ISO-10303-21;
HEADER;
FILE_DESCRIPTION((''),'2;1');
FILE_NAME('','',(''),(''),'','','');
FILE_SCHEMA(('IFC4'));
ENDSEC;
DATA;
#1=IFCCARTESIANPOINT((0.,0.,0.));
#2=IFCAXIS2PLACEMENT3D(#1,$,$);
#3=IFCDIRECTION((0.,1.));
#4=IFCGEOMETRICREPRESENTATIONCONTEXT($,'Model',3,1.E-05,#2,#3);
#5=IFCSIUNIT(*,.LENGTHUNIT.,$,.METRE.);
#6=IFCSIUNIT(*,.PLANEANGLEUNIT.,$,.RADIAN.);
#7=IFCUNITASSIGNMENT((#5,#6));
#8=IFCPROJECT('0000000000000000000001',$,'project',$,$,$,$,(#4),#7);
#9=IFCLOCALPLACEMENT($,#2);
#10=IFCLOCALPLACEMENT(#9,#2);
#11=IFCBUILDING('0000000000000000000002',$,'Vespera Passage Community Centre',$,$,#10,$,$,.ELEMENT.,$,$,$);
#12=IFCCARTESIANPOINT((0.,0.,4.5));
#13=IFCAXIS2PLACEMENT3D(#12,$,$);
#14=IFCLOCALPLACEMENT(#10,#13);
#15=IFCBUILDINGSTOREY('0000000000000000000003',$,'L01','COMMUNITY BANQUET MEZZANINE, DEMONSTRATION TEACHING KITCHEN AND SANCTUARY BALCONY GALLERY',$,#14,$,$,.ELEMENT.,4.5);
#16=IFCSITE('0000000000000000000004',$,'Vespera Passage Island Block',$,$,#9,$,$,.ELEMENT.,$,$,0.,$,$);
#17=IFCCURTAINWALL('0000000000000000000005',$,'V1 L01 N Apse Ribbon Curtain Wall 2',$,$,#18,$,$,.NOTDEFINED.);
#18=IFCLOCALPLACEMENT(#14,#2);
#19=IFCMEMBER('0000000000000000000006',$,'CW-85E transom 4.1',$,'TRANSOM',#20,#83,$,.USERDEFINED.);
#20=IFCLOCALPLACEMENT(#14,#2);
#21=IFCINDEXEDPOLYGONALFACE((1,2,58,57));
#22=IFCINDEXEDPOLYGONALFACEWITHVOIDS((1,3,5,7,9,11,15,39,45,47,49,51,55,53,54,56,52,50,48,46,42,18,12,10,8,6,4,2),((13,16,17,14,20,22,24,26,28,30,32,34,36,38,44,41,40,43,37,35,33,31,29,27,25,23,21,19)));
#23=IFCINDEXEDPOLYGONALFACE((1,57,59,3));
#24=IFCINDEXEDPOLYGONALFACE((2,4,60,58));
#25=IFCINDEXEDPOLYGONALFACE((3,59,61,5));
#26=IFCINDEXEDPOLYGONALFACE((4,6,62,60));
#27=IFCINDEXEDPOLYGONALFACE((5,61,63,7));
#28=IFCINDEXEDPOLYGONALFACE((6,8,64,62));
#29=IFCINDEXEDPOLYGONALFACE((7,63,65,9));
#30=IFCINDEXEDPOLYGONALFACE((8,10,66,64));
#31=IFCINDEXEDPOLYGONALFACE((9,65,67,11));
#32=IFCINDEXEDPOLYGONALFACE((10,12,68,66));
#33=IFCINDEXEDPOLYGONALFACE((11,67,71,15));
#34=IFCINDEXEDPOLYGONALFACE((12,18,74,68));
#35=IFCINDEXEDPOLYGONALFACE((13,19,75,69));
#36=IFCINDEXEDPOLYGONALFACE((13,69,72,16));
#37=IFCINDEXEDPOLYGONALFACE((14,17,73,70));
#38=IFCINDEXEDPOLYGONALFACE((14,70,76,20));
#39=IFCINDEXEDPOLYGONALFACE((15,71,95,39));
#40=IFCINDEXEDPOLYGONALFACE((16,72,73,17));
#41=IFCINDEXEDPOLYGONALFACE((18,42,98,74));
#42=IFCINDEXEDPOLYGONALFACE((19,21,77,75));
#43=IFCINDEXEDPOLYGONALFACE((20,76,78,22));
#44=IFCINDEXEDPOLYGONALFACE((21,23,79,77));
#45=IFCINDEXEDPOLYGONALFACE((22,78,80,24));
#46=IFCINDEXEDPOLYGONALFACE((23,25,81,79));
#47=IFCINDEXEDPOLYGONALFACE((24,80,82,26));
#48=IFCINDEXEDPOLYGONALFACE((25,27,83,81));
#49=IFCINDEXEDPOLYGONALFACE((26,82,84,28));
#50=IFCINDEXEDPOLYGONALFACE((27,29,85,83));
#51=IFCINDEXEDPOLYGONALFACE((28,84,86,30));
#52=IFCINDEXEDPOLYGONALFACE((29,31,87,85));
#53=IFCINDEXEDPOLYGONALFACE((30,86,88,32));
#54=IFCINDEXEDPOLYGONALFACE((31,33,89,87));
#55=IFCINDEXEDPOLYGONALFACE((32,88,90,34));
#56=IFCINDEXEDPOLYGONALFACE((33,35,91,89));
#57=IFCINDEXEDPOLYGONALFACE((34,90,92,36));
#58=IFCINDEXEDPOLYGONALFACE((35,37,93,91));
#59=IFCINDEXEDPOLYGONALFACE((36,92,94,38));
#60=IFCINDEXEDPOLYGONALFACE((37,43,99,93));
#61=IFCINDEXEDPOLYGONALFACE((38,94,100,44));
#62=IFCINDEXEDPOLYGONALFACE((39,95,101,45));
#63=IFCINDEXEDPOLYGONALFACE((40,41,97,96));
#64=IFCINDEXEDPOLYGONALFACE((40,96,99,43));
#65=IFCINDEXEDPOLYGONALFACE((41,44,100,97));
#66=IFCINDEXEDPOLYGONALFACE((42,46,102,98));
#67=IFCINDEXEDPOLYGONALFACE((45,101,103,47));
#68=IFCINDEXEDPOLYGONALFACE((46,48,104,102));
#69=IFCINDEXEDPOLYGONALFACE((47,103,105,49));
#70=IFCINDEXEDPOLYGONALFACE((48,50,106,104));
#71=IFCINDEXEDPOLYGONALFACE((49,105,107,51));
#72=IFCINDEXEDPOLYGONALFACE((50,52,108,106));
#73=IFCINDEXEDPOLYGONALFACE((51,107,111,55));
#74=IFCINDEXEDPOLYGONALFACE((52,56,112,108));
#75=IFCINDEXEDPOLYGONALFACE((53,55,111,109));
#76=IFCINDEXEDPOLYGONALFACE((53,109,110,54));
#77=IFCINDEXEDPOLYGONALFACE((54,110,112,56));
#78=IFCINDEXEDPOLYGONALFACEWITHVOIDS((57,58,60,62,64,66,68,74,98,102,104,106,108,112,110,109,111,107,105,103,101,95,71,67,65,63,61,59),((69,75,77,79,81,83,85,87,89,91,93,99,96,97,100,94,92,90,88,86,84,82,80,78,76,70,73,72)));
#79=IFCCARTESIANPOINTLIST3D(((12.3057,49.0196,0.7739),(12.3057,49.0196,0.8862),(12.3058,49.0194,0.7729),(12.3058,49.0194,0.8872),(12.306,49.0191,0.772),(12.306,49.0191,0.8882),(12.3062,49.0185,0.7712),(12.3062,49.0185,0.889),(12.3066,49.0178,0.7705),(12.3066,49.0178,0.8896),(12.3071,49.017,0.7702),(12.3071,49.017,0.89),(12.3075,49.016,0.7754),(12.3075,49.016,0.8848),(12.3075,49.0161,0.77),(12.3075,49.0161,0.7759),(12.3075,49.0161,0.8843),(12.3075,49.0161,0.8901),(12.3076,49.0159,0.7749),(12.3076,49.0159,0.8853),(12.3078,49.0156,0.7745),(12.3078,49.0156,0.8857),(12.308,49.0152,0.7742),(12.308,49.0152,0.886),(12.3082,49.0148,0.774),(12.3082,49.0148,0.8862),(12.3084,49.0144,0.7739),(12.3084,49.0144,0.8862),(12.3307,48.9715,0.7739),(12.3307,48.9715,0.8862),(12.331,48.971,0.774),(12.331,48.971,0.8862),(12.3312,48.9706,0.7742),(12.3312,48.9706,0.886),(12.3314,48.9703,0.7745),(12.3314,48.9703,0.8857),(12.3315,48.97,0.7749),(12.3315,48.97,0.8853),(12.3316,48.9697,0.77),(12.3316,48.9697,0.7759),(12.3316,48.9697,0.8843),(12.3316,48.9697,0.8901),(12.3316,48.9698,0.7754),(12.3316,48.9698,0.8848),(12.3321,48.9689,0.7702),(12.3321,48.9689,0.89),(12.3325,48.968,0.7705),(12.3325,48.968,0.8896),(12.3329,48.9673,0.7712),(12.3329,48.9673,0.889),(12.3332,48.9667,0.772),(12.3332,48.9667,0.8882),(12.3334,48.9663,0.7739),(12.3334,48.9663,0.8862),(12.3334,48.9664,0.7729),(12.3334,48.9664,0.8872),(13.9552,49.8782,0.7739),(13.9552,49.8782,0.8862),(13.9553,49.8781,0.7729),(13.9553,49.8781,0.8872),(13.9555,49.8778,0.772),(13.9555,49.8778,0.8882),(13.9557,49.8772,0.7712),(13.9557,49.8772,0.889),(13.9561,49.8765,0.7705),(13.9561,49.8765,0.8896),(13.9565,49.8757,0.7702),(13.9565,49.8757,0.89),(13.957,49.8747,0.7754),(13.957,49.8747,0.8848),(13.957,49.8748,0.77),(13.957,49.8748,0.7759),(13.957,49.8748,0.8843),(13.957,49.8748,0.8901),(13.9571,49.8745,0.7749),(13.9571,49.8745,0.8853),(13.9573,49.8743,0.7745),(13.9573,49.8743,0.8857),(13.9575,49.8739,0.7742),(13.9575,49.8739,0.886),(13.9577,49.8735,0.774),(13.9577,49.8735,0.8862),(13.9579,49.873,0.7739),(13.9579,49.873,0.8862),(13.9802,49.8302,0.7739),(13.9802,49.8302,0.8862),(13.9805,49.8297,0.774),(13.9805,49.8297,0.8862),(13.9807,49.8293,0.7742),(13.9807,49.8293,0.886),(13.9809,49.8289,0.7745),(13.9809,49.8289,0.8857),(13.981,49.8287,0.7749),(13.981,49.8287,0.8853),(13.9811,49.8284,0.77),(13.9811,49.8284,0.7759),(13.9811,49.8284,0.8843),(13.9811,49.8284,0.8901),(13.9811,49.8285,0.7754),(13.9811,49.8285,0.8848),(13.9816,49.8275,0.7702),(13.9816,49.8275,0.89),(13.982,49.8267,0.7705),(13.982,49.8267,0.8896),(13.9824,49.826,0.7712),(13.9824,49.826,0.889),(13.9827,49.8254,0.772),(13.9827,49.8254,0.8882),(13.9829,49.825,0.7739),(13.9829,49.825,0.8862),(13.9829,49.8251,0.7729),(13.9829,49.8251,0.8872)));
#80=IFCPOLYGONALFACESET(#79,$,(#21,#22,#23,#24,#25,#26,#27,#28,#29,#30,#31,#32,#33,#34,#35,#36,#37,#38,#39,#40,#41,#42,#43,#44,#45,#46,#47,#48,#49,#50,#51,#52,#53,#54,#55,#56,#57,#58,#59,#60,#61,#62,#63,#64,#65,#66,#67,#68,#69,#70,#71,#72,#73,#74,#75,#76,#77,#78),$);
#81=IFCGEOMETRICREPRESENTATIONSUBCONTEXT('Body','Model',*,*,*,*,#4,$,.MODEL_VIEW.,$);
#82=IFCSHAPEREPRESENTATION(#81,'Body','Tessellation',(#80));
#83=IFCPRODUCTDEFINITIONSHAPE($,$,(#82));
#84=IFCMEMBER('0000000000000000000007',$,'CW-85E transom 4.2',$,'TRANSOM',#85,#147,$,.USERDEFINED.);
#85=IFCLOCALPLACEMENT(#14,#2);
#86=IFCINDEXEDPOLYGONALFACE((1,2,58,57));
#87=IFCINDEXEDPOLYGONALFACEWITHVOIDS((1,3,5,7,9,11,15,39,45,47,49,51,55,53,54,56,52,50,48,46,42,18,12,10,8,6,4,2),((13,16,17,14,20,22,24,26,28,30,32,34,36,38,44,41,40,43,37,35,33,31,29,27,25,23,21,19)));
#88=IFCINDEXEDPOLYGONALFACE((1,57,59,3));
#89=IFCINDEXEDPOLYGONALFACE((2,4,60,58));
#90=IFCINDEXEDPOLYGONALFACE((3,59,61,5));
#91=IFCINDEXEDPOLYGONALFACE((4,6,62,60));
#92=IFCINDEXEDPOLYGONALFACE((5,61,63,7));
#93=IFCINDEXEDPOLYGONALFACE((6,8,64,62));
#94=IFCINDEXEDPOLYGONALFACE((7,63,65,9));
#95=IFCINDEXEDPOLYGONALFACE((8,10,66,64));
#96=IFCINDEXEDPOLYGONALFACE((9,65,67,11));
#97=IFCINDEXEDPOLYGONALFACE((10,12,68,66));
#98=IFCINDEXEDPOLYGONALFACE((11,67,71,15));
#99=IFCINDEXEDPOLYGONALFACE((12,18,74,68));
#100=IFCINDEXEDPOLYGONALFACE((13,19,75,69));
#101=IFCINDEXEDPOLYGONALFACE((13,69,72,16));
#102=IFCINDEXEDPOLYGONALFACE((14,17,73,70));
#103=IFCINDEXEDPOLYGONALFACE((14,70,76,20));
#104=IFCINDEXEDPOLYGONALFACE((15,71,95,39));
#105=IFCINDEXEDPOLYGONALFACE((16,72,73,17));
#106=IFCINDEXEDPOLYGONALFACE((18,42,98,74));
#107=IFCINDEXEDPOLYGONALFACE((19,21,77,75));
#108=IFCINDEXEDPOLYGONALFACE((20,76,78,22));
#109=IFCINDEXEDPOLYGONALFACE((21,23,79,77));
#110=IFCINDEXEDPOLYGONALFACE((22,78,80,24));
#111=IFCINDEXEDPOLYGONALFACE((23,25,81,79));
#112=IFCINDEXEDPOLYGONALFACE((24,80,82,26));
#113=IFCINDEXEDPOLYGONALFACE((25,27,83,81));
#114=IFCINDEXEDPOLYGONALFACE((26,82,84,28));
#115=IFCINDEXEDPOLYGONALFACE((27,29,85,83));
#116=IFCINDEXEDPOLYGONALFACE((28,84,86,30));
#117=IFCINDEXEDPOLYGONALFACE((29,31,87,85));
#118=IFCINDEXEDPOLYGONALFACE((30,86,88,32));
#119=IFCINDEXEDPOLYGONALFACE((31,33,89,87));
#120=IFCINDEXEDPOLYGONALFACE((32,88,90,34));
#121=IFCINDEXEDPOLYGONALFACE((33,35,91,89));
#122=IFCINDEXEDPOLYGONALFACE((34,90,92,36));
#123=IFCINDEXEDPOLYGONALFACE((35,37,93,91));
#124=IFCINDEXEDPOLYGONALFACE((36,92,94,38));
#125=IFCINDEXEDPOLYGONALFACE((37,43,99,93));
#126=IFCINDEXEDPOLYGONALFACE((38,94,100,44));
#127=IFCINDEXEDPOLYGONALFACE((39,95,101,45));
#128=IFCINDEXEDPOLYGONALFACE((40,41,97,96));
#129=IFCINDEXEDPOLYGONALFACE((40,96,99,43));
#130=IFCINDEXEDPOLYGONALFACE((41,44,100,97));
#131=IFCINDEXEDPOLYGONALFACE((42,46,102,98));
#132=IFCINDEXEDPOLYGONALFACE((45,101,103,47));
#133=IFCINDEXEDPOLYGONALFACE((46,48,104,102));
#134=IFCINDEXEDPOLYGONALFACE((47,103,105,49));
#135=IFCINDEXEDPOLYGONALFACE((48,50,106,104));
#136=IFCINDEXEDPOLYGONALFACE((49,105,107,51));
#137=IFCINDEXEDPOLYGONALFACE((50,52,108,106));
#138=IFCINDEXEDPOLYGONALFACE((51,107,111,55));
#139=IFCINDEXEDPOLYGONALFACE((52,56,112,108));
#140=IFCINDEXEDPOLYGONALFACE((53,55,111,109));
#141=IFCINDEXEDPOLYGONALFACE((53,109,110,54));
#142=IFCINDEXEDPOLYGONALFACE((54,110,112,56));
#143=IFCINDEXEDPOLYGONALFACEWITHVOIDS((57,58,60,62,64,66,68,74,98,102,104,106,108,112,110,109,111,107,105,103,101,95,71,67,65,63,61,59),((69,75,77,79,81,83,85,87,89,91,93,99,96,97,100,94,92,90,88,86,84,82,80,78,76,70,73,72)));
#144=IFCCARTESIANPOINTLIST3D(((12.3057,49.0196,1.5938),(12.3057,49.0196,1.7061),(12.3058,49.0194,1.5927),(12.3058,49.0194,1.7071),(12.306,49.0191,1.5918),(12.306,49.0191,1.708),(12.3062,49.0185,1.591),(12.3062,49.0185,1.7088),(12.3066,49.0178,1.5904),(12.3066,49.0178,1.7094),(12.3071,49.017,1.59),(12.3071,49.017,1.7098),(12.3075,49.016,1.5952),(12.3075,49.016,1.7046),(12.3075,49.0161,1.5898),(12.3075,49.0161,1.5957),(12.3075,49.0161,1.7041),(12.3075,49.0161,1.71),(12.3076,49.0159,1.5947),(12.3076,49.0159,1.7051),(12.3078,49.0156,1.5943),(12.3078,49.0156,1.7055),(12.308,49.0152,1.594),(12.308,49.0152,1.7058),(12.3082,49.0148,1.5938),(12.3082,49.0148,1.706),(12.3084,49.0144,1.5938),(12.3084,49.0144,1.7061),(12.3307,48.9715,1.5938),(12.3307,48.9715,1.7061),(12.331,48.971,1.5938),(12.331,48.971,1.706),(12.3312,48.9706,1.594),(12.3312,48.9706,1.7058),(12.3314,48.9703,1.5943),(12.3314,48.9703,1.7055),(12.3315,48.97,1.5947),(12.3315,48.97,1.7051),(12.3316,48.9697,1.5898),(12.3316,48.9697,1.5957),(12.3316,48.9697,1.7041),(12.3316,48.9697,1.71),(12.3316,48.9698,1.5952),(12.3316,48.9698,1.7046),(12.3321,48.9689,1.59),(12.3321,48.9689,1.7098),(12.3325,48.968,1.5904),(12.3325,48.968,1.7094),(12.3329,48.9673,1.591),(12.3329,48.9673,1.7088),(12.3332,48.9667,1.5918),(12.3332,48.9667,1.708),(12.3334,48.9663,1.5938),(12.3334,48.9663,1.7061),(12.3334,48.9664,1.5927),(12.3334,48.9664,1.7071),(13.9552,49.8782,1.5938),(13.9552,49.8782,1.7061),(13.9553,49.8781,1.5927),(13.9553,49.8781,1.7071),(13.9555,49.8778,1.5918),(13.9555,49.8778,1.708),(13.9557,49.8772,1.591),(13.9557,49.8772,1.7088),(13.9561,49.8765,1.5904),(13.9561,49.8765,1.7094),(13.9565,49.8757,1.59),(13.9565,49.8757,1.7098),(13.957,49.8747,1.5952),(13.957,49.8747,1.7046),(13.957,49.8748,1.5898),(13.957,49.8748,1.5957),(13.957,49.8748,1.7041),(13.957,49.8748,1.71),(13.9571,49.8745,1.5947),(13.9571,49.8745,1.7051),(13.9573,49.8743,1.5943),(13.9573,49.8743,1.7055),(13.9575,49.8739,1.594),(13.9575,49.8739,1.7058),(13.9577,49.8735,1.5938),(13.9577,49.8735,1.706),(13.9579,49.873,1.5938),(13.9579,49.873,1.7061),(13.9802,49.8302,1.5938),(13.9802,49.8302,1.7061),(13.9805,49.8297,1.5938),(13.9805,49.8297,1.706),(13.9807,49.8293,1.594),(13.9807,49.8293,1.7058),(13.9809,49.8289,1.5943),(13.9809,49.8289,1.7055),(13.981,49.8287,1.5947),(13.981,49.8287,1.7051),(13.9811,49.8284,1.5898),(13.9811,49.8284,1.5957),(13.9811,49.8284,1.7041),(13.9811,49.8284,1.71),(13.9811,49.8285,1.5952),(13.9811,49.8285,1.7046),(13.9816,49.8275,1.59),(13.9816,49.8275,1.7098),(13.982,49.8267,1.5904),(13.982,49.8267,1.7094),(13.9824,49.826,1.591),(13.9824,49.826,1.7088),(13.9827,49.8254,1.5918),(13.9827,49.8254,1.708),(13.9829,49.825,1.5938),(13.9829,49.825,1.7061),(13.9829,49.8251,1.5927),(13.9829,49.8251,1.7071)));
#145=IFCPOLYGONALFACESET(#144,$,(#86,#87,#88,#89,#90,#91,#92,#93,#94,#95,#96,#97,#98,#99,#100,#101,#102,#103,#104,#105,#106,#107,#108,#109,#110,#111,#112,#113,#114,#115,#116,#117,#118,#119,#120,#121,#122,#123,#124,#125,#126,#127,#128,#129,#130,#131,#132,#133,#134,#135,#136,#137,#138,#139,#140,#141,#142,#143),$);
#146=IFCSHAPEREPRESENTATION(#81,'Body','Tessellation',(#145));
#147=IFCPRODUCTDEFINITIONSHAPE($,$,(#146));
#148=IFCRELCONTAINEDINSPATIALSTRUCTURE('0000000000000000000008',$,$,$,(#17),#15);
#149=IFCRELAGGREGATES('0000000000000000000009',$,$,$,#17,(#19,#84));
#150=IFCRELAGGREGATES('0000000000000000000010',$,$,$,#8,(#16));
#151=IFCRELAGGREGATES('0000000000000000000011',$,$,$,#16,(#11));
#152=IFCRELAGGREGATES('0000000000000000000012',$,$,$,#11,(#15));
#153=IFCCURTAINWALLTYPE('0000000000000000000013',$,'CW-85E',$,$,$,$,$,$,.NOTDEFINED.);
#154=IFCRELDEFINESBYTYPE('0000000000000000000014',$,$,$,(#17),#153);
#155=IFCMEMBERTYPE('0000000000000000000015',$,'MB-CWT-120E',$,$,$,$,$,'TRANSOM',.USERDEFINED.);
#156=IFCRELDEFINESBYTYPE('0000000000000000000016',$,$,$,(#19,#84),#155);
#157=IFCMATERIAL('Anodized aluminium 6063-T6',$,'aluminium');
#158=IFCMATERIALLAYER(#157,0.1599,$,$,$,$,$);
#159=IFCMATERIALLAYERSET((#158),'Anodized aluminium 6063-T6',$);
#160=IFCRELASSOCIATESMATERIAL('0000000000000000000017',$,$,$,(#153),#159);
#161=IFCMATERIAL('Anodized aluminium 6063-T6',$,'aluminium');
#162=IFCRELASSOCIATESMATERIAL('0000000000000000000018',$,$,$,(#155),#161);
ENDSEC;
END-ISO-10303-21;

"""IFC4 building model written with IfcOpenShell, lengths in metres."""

from ifc_helpers import new_model, si_unit, direction, frame, origin, origin_2d, place, context, subcontext, project, spatial, hollow_rectangle, extrude, material, layer, layer_set, material_profile, profile_set, type_object, element, aggregate, save


model = new_model("IFC4")

# Units and contexts
model_context = context("Model", 3, precision=1e-05, world=origin(), true_north=direction((0.0, 1.0)))
body_context = subcontext(model_context, "Body", "Model", "MODEL_VIEW")
ifc_project = project(units=[si_unit("LENGTHUNIT", "METRE"), si_unit("PLANEANGLEUNIT", "RADIAN")], contexts=[model_context])

# Site, building, storey
site_placement = place(None, origin())
site = spatial("IfcSite", under=ifc_project, at=site_placement, Name="Vespera Passage Island Block", CompositionType="ELEMENT", RefElevation=0.0)
building_placement = place(site_placement, origin())
building = spatial("IfcBuilding", under=site, at=building_placement, Name="Vespera Passage Community Centre", CompositionType="ELEMENT")
storey_placement = place(building_placement, frame((0.0, 0.0, 4.5)))
storey = spatial("IfcBuildingStorey", under=building, at=storey_placement, Name="L01", Description="COMMUNITY BANQUET MEZZANINE, DEMONSTRATION TEACHING KITCHEN AND SANCTUARY BALCONY GALLERY", CompositionType="ELEMENT", Elevation=4.5)

# Curtain wall, members
ifc_material_1 = material(Name="Anodized aluminium 6063-T6", Category="aluminium")
ifc_layer_1 = layer(ifc_material_1, 0.1599)
ifc_layer_set_1 = layer_set([ifc_layer_1], Name="Anodized aluminium 6063-T6")
curtain_wall_type = type_object("IfcCurtainWallType", Name="CW-85E", PredefinedType="NOTDEFINED", material=ifc_layer_set_1)
curtain_wall_placement = place(storey_placement, origin())
curtain_wall = element("IfcCurtainWall", 1, at=curtain_wall_placement, inside=storey, type_object=curtain_wall_type, Name="V1 L01 N Apse Ribbon Curtain Wall 2", PredefinedType="NOTDEFINED")
ifc_material_2 = material(Name="Anodized aluminium 6063-T6", Category="aluminium")
ifc_material_profile_1 = material_profile(ifc_material_2, hollow_rectangle(XDim=0.0601, YDim=0.1201, WallThickness=0.0039, InnerFilletRadius=0.002, OuterFilletRadius=0.0039, at=origin_2d()), Name="ALU120X60X4")
ifc_profile_set_1 = profile_set([ifc_material_profile_1], Name="Anodized aluminium 6063-T6")
member_type_1 = type_object("IfcMemberType", Name="MB-CWT-120E", ElementType="TRANSOM", PredefinedType="USERDEFINED", material=ifc_profile_set_1)
member_1_placement = place(storey_placement, frame((12.3196, 48.9929, 0.8301), z_axis=(0.887008, 0.461754, 0.0), x_axis=(-0.461754, 0.887008, 0.0)))
member_1 = element("IfcMember", 2, at=member_1_placement, type_object=member_type_1, Name="CW-85E transom 4.1", ObjectType="TRANSOM", PredefinedType="USERDEFINED", context=body_context, shape_type="SweptSolid", body=[
    extrude(hollow_rectangle(XDim=0.0601, YDim=0.1201, WallThickness=0.0039, InnerFilletRadius=0.002, OuterFilletRadius=0.0039, at=origin_2d()), origin(), (0.0, 0.0, 1.0), 1.8596),
])
member_2_placement = place(storey_placement, frame((12.3196, 48.9929, 1.6499), z_axis=(0.887008, 0.461754, 0.0), x_axis=(-0.461754, 0.887008, 0.0)))
member_2 = element("IfcMember", 3, at=member_2_placement, type_object=member_type_1, Name="CW-85E transom 4.2", ObjectType="TRANSOM", PredefinedType="USERDEFINED", context=body_context, shape_type="SweptSolid", body=[
    extrude(hollow_rectangle(XDim=0.0601, YDim=0.1201, WallThickness=0.0039, InnerFilletRadius=0.002, OuterFilletRadius=0.0039, at=origin_2d()), origin(), (0.0, 0.0, 1.0), 1.8596),
])
aggregate(curtain_wall, [member_1, member_2])

save(model, "model.ifc")
